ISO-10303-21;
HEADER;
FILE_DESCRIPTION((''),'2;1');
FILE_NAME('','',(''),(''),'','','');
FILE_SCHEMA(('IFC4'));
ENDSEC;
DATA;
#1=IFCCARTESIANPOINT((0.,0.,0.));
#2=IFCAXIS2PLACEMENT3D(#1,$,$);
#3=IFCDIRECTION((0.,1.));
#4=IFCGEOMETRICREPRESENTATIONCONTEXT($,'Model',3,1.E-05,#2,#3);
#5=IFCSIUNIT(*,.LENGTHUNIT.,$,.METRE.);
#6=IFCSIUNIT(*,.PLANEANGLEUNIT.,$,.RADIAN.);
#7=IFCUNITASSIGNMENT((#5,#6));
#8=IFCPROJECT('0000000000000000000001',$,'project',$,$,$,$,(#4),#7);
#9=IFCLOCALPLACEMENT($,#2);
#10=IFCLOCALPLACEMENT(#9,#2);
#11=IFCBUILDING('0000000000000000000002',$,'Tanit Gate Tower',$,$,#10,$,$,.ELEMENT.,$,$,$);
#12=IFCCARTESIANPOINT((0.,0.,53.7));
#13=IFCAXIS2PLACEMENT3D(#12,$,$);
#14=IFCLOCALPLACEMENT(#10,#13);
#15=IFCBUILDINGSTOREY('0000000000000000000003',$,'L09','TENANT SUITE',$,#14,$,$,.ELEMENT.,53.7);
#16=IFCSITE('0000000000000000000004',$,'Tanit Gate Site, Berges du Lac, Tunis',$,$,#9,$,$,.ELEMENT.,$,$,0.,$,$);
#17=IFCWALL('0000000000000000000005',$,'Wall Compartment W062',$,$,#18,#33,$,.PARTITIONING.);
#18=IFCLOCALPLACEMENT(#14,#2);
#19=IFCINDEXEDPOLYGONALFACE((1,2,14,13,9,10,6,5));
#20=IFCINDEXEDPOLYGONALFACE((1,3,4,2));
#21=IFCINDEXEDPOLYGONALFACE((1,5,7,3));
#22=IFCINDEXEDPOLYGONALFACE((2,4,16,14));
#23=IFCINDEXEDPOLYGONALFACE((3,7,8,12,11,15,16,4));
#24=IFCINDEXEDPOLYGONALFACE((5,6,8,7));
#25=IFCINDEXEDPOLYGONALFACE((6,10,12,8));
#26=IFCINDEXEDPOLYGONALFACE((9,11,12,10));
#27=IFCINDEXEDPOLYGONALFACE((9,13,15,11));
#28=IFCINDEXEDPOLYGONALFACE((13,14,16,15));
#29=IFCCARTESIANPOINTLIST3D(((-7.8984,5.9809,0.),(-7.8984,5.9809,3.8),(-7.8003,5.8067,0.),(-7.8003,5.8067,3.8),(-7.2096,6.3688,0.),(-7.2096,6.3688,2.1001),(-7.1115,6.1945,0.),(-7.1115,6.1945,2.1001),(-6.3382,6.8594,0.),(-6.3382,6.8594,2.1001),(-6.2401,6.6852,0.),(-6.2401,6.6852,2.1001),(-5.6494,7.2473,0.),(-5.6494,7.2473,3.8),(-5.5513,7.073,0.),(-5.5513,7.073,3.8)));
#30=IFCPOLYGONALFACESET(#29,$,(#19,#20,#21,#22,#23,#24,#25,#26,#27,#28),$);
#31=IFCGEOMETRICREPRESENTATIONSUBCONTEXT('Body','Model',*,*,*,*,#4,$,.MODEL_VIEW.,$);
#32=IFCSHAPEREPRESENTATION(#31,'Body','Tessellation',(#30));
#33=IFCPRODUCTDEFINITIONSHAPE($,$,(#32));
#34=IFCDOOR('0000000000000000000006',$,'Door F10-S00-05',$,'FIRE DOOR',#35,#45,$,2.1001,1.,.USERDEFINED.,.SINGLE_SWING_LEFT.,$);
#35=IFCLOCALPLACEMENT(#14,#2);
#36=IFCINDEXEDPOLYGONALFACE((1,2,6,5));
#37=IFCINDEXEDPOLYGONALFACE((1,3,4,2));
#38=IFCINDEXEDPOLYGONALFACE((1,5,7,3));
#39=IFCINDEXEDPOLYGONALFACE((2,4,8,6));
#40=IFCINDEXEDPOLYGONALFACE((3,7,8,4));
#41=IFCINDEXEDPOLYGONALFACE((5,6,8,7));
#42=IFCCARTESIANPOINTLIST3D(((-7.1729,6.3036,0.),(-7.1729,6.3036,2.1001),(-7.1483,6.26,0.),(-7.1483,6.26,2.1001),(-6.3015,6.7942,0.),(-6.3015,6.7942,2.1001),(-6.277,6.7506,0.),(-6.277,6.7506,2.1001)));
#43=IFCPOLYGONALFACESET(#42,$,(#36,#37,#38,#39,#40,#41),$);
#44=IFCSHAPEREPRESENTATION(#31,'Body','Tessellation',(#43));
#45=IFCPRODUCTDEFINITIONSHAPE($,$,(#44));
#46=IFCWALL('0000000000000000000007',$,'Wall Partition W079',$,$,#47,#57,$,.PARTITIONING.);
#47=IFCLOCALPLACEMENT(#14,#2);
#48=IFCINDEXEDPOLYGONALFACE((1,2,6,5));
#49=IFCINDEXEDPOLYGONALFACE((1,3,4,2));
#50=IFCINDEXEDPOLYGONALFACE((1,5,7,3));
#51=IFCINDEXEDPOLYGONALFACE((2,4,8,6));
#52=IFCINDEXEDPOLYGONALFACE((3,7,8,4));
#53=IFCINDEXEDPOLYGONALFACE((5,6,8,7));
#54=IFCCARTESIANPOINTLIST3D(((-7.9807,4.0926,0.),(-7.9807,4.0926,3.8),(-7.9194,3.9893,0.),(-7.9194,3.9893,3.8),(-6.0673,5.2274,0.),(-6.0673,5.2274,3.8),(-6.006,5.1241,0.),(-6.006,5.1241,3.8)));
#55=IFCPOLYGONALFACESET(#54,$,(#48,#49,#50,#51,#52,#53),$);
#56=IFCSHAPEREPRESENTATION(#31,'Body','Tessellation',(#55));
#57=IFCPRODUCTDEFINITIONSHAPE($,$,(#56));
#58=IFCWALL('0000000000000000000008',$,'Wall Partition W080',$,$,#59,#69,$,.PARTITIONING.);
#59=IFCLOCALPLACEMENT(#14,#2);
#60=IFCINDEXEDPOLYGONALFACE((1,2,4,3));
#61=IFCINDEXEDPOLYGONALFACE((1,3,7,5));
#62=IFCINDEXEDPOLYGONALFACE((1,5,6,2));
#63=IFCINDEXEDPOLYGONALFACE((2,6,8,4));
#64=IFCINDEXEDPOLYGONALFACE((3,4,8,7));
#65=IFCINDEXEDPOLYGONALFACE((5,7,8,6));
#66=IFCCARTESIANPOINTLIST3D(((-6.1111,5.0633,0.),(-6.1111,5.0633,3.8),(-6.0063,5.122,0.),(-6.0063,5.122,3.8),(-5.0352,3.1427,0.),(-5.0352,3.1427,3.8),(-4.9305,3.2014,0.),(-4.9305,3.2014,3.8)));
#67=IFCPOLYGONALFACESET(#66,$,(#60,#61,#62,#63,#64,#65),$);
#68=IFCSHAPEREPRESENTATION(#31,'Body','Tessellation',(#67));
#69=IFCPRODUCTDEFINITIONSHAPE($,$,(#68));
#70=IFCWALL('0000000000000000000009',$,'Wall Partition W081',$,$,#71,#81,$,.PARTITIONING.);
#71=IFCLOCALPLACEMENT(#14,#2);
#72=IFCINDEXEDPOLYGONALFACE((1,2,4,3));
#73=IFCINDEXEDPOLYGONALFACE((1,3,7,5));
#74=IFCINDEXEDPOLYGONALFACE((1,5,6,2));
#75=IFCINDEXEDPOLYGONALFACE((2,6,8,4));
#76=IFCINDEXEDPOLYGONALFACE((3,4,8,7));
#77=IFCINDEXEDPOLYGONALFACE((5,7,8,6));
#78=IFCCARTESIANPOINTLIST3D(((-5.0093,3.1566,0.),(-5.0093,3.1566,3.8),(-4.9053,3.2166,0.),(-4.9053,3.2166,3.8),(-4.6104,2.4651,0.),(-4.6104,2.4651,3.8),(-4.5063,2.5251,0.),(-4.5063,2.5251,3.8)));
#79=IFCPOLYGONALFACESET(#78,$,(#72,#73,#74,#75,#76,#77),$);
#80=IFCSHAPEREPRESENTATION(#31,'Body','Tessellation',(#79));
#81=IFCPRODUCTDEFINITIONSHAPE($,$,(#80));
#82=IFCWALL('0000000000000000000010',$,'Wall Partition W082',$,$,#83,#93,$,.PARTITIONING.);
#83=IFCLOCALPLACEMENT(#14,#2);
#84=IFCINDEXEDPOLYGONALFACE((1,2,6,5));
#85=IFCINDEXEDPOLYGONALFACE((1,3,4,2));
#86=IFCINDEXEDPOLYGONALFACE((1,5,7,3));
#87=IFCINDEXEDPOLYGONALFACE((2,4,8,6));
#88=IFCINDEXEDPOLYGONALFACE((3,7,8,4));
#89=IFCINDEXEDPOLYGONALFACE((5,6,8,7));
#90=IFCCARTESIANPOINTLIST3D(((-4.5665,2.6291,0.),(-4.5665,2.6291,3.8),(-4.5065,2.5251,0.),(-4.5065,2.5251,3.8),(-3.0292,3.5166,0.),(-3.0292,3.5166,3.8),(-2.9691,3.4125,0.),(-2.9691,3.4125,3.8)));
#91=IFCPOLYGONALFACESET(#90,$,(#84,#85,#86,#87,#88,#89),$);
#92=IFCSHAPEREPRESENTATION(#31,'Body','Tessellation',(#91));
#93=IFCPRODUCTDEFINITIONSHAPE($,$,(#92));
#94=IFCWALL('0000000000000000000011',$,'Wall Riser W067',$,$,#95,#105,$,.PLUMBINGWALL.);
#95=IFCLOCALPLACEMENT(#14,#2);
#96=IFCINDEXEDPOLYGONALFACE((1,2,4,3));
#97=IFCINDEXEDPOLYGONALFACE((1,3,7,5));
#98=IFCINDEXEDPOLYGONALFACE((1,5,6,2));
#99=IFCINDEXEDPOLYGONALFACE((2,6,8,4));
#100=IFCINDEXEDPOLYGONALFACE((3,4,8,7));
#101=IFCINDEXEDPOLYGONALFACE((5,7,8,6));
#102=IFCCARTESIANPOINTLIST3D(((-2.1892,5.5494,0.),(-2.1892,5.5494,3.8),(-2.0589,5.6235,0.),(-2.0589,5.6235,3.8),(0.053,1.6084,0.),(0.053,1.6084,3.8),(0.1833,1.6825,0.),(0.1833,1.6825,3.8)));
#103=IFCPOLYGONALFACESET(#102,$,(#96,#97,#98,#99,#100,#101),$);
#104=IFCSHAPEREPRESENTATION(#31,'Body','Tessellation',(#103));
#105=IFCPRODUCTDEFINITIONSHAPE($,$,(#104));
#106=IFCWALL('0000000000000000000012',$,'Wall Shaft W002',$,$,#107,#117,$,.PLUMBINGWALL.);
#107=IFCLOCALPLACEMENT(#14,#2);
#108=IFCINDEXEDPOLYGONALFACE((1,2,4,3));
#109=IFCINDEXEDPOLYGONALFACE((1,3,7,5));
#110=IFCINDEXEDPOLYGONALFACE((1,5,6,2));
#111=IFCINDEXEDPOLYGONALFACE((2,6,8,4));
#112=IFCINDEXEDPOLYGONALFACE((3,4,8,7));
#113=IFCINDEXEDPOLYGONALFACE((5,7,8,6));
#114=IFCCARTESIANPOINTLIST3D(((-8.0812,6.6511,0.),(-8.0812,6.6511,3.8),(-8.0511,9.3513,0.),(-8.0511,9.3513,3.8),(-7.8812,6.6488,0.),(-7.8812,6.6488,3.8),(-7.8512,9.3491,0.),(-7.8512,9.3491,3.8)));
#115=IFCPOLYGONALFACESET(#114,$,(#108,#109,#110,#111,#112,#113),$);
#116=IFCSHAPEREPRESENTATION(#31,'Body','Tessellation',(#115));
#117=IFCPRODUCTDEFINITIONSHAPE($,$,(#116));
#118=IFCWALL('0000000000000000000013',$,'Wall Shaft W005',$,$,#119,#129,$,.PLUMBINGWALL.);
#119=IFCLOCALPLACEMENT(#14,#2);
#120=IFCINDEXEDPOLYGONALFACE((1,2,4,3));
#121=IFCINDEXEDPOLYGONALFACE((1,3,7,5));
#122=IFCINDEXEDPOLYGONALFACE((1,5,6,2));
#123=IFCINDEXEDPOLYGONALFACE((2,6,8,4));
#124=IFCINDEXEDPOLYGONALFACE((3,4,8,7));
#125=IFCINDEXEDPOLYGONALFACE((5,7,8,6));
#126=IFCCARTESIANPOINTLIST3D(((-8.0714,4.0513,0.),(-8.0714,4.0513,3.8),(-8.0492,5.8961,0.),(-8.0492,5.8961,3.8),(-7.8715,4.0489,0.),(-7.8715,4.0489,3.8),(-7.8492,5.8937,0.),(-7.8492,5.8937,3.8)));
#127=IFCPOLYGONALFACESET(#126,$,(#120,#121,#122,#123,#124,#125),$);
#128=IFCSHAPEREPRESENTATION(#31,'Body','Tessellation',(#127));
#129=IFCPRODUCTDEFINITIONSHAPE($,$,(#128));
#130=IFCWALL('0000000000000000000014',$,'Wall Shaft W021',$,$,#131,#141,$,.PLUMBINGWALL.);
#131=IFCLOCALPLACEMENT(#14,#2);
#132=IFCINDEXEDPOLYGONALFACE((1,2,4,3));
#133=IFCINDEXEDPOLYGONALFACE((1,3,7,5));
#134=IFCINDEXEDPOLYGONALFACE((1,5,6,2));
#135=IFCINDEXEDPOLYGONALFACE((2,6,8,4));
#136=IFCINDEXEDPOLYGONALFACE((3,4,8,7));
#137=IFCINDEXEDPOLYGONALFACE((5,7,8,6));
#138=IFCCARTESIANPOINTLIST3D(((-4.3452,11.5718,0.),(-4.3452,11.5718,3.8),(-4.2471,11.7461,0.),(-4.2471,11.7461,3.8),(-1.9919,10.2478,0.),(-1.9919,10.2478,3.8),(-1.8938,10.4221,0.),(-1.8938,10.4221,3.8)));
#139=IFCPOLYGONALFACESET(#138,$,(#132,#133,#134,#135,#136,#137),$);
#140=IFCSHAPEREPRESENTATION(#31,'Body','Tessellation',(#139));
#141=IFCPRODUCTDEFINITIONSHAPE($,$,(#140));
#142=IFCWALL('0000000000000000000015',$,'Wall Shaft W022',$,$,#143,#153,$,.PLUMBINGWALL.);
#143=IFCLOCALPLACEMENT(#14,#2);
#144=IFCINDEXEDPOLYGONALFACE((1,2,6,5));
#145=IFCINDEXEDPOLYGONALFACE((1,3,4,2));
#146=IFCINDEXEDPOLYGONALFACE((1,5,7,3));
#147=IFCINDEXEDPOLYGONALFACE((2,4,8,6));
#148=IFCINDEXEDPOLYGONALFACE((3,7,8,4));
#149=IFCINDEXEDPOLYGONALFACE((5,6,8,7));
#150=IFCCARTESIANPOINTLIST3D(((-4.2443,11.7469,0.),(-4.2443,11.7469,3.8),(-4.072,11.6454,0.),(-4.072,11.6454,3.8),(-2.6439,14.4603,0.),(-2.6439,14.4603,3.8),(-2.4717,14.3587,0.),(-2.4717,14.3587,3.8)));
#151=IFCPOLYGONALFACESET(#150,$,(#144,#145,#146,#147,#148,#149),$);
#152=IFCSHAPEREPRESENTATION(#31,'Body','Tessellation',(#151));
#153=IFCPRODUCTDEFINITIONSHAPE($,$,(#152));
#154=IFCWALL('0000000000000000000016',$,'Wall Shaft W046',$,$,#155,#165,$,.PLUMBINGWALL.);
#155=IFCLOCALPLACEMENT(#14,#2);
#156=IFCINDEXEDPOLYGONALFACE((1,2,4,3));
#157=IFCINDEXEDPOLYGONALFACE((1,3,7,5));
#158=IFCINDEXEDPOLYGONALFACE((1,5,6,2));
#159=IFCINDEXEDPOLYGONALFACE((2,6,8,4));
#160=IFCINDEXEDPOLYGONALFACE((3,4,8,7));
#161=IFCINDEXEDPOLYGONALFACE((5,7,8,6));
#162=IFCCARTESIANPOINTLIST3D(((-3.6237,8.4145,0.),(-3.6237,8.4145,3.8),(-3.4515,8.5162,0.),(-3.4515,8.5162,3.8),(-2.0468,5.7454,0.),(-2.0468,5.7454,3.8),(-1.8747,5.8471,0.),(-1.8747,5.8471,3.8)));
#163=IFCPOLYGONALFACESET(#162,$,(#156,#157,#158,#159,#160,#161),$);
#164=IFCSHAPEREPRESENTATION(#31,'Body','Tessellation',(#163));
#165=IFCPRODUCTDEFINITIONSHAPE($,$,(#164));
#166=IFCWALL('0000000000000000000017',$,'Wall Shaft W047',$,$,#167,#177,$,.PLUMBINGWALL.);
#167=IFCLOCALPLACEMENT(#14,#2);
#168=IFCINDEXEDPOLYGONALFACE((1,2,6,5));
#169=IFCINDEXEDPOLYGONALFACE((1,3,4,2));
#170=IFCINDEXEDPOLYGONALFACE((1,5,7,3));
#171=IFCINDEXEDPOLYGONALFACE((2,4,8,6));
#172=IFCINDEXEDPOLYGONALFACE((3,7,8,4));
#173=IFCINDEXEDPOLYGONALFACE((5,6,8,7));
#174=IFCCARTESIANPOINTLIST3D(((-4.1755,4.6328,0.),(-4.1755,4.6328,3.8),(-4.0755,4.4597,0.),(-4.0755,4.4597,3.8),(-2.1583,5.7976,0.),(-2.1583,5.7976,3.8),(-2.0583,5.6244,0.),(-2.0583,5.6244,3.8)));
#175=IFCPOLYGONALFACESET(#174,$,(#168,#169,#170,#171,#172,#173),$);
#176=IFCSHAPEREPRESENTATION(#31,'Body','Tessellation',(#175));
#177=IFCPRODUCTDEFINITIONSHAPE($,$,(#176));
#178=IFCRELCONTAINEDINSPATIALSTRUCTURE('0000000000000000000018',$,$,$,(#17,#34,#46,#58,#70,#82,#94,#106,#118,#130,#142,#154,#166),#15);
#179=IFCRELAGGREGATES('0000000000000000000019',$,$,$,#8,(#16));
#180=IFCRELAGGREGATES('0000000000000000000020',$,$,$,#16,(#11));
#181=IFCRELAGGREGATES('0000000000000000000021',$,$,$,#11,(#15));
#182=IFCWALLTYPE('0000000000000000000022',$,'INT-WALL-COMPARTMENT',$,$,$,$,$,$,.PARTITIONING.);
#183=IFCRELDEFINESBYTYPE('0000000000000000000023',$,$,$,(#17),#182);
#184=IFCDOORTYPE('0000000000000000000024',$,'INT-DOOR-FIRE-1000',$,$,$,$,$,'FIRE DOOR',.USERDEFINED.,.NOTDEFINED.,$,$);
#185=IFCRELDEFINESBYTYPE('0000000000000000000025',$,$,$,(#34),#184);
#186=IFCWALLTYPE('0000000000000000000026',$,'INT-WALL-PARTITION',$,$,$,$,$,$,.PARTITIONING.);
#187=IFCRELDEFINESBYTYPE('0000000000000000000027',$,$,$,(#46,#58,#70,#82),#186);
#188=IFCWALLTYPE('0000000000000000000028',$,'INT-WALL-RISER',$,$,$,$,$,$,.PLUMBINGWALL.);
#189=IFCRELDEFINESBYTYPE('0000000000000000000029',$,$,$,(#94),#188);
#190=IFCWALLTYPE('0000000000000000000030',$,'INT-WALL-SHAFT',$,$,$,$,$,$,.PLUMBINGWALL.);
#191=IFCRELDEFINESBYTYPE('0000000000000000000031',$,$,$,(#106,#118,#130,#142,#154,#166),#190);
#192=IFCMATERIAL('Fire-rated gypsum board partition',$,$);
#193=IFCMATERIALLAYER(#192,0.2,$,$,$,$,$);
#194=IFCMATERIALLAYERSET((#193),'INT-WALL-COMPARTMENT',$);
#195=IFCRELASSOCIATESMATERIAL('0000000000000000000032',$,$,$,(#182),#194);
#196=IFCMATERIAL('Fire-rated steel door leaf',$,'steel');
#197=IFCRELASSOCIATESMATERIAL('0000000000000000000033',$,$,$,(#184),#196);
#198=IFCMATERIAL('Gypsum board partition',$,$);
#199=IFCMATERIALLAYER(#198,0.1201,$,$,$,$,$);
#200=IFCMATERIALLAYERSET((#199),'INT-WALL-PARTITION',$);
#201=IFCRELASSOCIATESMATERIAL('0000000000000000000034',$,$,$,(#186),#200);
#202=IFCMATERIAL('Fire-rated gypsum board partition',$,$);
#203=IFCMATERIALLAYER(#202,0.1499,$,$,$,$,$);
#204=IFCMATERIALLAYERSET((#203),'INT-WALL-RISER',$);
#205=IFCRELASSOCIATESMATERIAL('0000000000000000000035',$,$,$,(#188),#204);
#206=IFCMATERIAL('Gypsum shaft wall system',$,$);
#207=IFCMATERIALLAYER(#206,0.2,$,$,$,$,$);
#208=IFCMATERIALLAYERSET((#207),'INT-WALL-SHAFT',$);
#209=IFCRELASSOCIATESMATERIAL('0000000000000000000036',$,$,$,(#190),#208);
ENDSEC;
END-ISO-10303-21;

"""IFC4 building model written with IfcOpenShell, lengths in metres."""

from ifc_helpers import new_model, si_unit, direction, frame, frame_2d, origin, place, context, subcontext, project, spatial, rectangle, extrude, material, layer, layer_set, type_object, element, fill, save


model = new_model("IFC4")

# Units and contexts
model_context = context("Model", 3, precision=1e-05, world=origin(), true_north=direction((0.0, 1.0)))
body_context = subcontext(model_context, "Body", "Model", "MODEL_VIEW")
ifc_project = project(units=[si_unit("LENGTHUNIT", "METRE"), si_unit("PLANEANGLEUNIT", "RADIAN")], contexts=[model_context])

# Site, building, storey
site_placement = place(None, origin())
site = spatial("IfcSite", under=ifc_project, at=site_placement, Name="Tanit Gate Site, Berges du Lac, Tunis", CompositionType="ELEMENT", RefElevation=0.0)
building_placement = place(site_placement, origin())
building = spatial("IfcBuilding", under=site, at=building_placement, Name="Tanit Gate Tower", CompositionType="ELEMENT")
storey_placement = place(building_placement, frame((0.0, 0.0, 53.7)))
storey = spatial("IfcBuildingStorey", under=building, at=storey_placement, Name="L09", Description="TENANT SUITE", CompositionType="ELEMENT", Elevation=53.7)

# Wall, opening, door
ifc_material_1 = material(Name="Fire-rated gypsum board partition")
ifc_layer_1 = layer(ifc_material_1, 0.2)
ifc_layer_set_1 = layer_set([ifc_layer_1], Name="INT-WALL-COMPARTMENT")
wall_type_1 = type_object("IfcWallType", Name="INT-WALL-COMPARTMENT", PredefinedType="PARTITIONING", material=ifc_layer_set_1)
wall_1_placement = place(storey_placement, frame((-5.6003, 7.1602, 0.0), z_axis=(0.0, 0.0, 1.0), x_axis=(-0.871363, -0.490638, 0.0)))
wall_1 = element("IfcWall", 1, at=wall_1_placement, inside=storey, type_object=wall_type_1, Name="Wall Compartment W062", PredefinedType="PARTITIONING", context=body_context, shape_type="SweptSolid", body=[
    extrude(rectangle(XDim=2.5811, YDim=0.2, at=frame_2d((1.2905, 0.0))), origin(), (0.0, 0.0, 1.0), 3.8),
])
opening_1_placement = place(wall_1_placement, frame((0.7905, 0.0, 0.0)))
opening_1 = element("IfcOpeningElement", 2, at=opening_1_placement, cuts=wall_1, PredefinedType="OPENING", context=body_context, shape_type="SweptSolid", body=[
    extrude(rectangle(XDim=1.0, YDim=2.1001, at=frame_2d((0.5, 1.05))), frame((0.0, 0.1099, 0.0), z_axis=(0.0, -1.0, 0.0), x_axis=(1.0, 0.0, 0.0)), (0.0, 0.0, 1.0), 0.22),
])
ifc_material_2 = material(Name="Fire-rated steel door leaf", Category="steel")
door_type_1 = type_object("IfcDoorType", Name="INT-DOOR-FIRE-1000", ElementType="FIRE DOOR", OperationType="NOTDEFINED", PredefinedType="USERDEFINED", material=ifc_material_2)
door_1_placement = place(opening_1_placement, origin())
door_1 = element("IfcDoor", 3, at=door_1_placement, inside=storey, type_object=door_type_1, Name="Door F10-S00-05", ObjectType="FIRE DOOR", OperationType="SINGLE_SWING_LEFT", OverallHeight=2.1001, OverallWidth=1.0, PredefinedType="USERDEFINED", context=body_context, shape_type="SweptSolid", body=[
    extrude(rectangle(XDim=1.0, YDim=2.1001, at=frame_2d((0.5, 1.05))), frame((0.0, 0.0249, 0.0), z_axis=(0.0, -1.0, 0.0), x_axis=(1.0, 0.0, 0.0)), (0.0, 0.0, 1.0), 0.05),
])
fill(opening_1, door_1)

# Walls
ifc_material_3 = material(Name="Gypsum board partition")
ifc_layer_2 = layer(ifc_material_3, 0.1201)
ifc_layer_set_2 = layer_set([ifc_layer_2], Name="INT-WALL-PARTITION")
wall_type_2 = type_object("IfcWallType", Name="INT-WALL-PARTITION", PredefinedType="PARTITIONING", material=ifc_layer_set_2)
wall_2_placement = place(storey_placement, frame((-6.0366, 5.1758, 0.0), z_axis=(0.0, 0.0, 1.0), x_axis=(-0.860106, -0.510115, 0.0)))
element("IfcWall", 4, at=wall_2_placement, inside=storey, type_object=wall_type_2, Name="Wall Partition W079", PredefinedType="PARTITIONING", context=body_context, shape_type="SweptSolid", body=[
    extrude(rectangle(XDim=2.2246, YDim=0.1201, at=frame_2d((1.1123, 0.0))), origin(), (0.0, 0.0, 1.0), 3.8),
])
wall_3_placement = place(storey_placement, frame((-4.9829, 3.1721, 0.0), z_axis=(0.0, 0.0, 1.0), x_axis=(-0.488728, 0.872436, 0.0)))
element("IfcWall", 5, at=wall_3_placement, inside=storey, type_object=wall_type_2, Name="Wall Partition W080", PredefinedType="PARTITIONING", context=body_context, shape_type="SweptSolid", body=[
    extrude(rectangle(XDim=2.2014, YDim=0.1201, at=frame_2d((1.1006, 0.0))), origin(), (0.0, 0.0, 1.0), 3.8),
])
wall_4_placement = place(storey_placement, frame((-4.5583, 2.4951, 0.0), z_axis=(0.0, 0.0, 1.0), x_axis=(-0.499758, 0.866165, 0.0)))
element("IfcWall", 6, at=wall_4_placement, inside=storey, type_object=wall_type_2, Name="Wall Partition W081", PredefinedType="PARTITIONING", context=body_context, shape_type="SweptSolid", body=[
    extrude(rectangle(XDim=0.7983, YDim=0.1201, at=frame_2d((0.3992, 0.0))), origin(), (0.0, 0.0, 1.0), 3.8),
])
wall_5_placement = place(storey_placement, frame((-2.999, 3.4646, 0.0), z_axis=(0.0, 0.0, 1.0), x_axis=(-0.86606, -0.499941, 0.0)))
element("IfcWall", 7, at=wall_5_placement, inside=storey, type_object=wall_type_2, Name="Wall Partition W082", PredefinedType="PARTITIONING", context=body_context, shape_type="SweptSolid", body=[
    extrude(rectangle(XDim=1.7751, YDim=0.1201, at=frame_2d((0.8877, 0.0))), origin(), (0.0, 0.0, 1.0), 3.8),
])
ifc_material_4 = material(Name="Fire-rated gypsum board partition")
ifc_layer_3 = layer(ifc_material_4, 0.1499)
ifc_layer_set_3 = layer_set([ifc_layer_3], Name="INT-WALL-RISER")
wall_type_3 = type_object("IfcWallType", Name="INT-WALL-RISER", PredefinedType="PLUMBINGWALL", material=ifc_layer_set_3)
wall_6_placement = place(storey_placement, frame((-2.124, 5.5864, 0.0), z_axis=(0.0, 0.0, 1.0), x_axis=(0.494514, -0.869169, 0.0)))
element("IfcWall", 8, at=wall_6_placement, inside=storey, type_object=wall_type_3, Name="Wall Riser W067", PredefinedType="PLUMBINGWALL", context=body_context, shape_type="SweptSolid", body=[
    extrude(rectangle(XDim=4.5342, YDim=0.1499, at=frame_2d((2.2671, 0.0))), origin(), (0.0, 0.0, 1.0), 3.8),
])
ifc_material_5 = material(Name="Gypsum shaft wall system")
ifc_layer_4 = layer(ifc_material_5, 0.2)
ifc_layer_set_4 = layer_set([ifc_layer_4], Name="INT-WALL-SHAFT")
wall_type_4 = type_object("IfcWallType", Name="INT-WALL-SHAFT", PredefinedType="PLUMBINGWALL", material=ifc_layer_set_4)
wall_7_placement = place(storey_placement, frame((-7.9512, 9.3501, 0.0), z_axis=(0.0, 0.0, 1.0), x_axis=(-0.01112, -0.999938, 0.0)))
element("IfcWall", 9, at=wall_7_placement, inside=storey, type_object=wall_type_4, Name="Wall Shaft W002", PredefinedType="PLUMBINGWALL", context=body_context, shape_type="SweptSolid", body=[
    extrude(rectangle(XDim=2.7004, YDim=0.2, at=frame_2d((1.3501, 0.0))), origin(), (0.0, 0.0, 1.0), 3.8),
])
wall_8_placement = place(storey_placement, frame((-7.9492, 5.8948, 0.0), z_axis=(0.0, 0.0, 1.0), x_axis=(-0.012043, -0.999927, 0.0)))
element("IfcWall", 10, at=wall_8_placement, inside=storey, type_object=wall_type_4, Name="Wall Shaft W005", PredefinedType="PLUMBINGWALL", context=body_context, shape_type="SweptSolid", body=[
    extrude(rectangle(XDim=1.845, YDim=0.2, at=frame_2d((0.9224, 0.0))), origin(), (0.0, 0.0, 1.0), 3.8),
])
wall_9_placement = place(storey_placement, frame((-4.2961, 11.6589, 0.0), z_axis=(0.0, 0.0, 1.0), x_axis=(0.871534, -0.490334, 0.0)))
element("IfcWall", 11, at=wall_9_placement, inside=storey, type_object=wall_type_4, Name="Wall Shaft W021", PredefinedType="PLUMBINGWALL", context=body_context, shape_type="SweptSolid", body=[
    extrude(rectangle(XDim=2.7002, YDim=0.2, at=frame_2d((1.3501, 0.0))), origin(), (0.0, 0.0, 1.0), 3.8),
])
wall_10_placement = place(storey_placement, frame((-4.1582, 11.696, 0.0), z_axis=(0.0, 0.0, 1.0), x_axis=(0.508019, 0.861346, 0.0)))
element("IfcWall", 12, at=wall_10_placement, inside=storey, type_object=wall_type_4, Name="Wall Shaft W022", PredefinedType="PLUMBINGWALL", context=body_context, shape_type="SweptSolid", body=[
    extrude(rectangle(XDim=3.1501, YDim=0.2, at=frame_2d((1.5752, 0.0))), origin(), (0.0, 0.0, 1.0), 3.8),
])

# Walls
wall_11_placement = place(storey_placement, frame((-3.5376, 8.4653, 0.0), z_axis=(0.0, 0.0, 1.0), x_axis=(0.508647, -0.860975, 0.0)))
element("IfcWall", 13, at=wall_11_placement, inside=storey, type_object=wall_type_4, Name="Wall Shaft W046", PredefinedType="PLUMBINGWALL", context=body_context, shape_type="SweptSolid", body=[
    extrude(rectangle(XDim=3.1001, YDim=0.2, at=frame_2d((1.55, 0.0))), origin(), (0.0, 0.0, 1.0), 3.8),
])
wall_12_placement = place(storey_placement, frame((-2.1084, 5.7109, 0.0), z_axis=(0.0, 0.0, 1.0), x_axis=(-0.866009, -0.500028, 0.0)))
element("IfcWall", 14, at=wall_12_placement, inside=storey, type_object=wall_type_4, Name="Wall Shaft W047", PredefinedType="PLUMBINGWALL", context=body_context, shape_type="SweptSolid", body=[
    extrude(rectangle(XDim=2.3293, YDim=0.2, at=frame_2d((1.1646, 0.0))), origin(), (0.0, 0.0, 1.0), 3.8),
])

save(model, "model.ifc")
